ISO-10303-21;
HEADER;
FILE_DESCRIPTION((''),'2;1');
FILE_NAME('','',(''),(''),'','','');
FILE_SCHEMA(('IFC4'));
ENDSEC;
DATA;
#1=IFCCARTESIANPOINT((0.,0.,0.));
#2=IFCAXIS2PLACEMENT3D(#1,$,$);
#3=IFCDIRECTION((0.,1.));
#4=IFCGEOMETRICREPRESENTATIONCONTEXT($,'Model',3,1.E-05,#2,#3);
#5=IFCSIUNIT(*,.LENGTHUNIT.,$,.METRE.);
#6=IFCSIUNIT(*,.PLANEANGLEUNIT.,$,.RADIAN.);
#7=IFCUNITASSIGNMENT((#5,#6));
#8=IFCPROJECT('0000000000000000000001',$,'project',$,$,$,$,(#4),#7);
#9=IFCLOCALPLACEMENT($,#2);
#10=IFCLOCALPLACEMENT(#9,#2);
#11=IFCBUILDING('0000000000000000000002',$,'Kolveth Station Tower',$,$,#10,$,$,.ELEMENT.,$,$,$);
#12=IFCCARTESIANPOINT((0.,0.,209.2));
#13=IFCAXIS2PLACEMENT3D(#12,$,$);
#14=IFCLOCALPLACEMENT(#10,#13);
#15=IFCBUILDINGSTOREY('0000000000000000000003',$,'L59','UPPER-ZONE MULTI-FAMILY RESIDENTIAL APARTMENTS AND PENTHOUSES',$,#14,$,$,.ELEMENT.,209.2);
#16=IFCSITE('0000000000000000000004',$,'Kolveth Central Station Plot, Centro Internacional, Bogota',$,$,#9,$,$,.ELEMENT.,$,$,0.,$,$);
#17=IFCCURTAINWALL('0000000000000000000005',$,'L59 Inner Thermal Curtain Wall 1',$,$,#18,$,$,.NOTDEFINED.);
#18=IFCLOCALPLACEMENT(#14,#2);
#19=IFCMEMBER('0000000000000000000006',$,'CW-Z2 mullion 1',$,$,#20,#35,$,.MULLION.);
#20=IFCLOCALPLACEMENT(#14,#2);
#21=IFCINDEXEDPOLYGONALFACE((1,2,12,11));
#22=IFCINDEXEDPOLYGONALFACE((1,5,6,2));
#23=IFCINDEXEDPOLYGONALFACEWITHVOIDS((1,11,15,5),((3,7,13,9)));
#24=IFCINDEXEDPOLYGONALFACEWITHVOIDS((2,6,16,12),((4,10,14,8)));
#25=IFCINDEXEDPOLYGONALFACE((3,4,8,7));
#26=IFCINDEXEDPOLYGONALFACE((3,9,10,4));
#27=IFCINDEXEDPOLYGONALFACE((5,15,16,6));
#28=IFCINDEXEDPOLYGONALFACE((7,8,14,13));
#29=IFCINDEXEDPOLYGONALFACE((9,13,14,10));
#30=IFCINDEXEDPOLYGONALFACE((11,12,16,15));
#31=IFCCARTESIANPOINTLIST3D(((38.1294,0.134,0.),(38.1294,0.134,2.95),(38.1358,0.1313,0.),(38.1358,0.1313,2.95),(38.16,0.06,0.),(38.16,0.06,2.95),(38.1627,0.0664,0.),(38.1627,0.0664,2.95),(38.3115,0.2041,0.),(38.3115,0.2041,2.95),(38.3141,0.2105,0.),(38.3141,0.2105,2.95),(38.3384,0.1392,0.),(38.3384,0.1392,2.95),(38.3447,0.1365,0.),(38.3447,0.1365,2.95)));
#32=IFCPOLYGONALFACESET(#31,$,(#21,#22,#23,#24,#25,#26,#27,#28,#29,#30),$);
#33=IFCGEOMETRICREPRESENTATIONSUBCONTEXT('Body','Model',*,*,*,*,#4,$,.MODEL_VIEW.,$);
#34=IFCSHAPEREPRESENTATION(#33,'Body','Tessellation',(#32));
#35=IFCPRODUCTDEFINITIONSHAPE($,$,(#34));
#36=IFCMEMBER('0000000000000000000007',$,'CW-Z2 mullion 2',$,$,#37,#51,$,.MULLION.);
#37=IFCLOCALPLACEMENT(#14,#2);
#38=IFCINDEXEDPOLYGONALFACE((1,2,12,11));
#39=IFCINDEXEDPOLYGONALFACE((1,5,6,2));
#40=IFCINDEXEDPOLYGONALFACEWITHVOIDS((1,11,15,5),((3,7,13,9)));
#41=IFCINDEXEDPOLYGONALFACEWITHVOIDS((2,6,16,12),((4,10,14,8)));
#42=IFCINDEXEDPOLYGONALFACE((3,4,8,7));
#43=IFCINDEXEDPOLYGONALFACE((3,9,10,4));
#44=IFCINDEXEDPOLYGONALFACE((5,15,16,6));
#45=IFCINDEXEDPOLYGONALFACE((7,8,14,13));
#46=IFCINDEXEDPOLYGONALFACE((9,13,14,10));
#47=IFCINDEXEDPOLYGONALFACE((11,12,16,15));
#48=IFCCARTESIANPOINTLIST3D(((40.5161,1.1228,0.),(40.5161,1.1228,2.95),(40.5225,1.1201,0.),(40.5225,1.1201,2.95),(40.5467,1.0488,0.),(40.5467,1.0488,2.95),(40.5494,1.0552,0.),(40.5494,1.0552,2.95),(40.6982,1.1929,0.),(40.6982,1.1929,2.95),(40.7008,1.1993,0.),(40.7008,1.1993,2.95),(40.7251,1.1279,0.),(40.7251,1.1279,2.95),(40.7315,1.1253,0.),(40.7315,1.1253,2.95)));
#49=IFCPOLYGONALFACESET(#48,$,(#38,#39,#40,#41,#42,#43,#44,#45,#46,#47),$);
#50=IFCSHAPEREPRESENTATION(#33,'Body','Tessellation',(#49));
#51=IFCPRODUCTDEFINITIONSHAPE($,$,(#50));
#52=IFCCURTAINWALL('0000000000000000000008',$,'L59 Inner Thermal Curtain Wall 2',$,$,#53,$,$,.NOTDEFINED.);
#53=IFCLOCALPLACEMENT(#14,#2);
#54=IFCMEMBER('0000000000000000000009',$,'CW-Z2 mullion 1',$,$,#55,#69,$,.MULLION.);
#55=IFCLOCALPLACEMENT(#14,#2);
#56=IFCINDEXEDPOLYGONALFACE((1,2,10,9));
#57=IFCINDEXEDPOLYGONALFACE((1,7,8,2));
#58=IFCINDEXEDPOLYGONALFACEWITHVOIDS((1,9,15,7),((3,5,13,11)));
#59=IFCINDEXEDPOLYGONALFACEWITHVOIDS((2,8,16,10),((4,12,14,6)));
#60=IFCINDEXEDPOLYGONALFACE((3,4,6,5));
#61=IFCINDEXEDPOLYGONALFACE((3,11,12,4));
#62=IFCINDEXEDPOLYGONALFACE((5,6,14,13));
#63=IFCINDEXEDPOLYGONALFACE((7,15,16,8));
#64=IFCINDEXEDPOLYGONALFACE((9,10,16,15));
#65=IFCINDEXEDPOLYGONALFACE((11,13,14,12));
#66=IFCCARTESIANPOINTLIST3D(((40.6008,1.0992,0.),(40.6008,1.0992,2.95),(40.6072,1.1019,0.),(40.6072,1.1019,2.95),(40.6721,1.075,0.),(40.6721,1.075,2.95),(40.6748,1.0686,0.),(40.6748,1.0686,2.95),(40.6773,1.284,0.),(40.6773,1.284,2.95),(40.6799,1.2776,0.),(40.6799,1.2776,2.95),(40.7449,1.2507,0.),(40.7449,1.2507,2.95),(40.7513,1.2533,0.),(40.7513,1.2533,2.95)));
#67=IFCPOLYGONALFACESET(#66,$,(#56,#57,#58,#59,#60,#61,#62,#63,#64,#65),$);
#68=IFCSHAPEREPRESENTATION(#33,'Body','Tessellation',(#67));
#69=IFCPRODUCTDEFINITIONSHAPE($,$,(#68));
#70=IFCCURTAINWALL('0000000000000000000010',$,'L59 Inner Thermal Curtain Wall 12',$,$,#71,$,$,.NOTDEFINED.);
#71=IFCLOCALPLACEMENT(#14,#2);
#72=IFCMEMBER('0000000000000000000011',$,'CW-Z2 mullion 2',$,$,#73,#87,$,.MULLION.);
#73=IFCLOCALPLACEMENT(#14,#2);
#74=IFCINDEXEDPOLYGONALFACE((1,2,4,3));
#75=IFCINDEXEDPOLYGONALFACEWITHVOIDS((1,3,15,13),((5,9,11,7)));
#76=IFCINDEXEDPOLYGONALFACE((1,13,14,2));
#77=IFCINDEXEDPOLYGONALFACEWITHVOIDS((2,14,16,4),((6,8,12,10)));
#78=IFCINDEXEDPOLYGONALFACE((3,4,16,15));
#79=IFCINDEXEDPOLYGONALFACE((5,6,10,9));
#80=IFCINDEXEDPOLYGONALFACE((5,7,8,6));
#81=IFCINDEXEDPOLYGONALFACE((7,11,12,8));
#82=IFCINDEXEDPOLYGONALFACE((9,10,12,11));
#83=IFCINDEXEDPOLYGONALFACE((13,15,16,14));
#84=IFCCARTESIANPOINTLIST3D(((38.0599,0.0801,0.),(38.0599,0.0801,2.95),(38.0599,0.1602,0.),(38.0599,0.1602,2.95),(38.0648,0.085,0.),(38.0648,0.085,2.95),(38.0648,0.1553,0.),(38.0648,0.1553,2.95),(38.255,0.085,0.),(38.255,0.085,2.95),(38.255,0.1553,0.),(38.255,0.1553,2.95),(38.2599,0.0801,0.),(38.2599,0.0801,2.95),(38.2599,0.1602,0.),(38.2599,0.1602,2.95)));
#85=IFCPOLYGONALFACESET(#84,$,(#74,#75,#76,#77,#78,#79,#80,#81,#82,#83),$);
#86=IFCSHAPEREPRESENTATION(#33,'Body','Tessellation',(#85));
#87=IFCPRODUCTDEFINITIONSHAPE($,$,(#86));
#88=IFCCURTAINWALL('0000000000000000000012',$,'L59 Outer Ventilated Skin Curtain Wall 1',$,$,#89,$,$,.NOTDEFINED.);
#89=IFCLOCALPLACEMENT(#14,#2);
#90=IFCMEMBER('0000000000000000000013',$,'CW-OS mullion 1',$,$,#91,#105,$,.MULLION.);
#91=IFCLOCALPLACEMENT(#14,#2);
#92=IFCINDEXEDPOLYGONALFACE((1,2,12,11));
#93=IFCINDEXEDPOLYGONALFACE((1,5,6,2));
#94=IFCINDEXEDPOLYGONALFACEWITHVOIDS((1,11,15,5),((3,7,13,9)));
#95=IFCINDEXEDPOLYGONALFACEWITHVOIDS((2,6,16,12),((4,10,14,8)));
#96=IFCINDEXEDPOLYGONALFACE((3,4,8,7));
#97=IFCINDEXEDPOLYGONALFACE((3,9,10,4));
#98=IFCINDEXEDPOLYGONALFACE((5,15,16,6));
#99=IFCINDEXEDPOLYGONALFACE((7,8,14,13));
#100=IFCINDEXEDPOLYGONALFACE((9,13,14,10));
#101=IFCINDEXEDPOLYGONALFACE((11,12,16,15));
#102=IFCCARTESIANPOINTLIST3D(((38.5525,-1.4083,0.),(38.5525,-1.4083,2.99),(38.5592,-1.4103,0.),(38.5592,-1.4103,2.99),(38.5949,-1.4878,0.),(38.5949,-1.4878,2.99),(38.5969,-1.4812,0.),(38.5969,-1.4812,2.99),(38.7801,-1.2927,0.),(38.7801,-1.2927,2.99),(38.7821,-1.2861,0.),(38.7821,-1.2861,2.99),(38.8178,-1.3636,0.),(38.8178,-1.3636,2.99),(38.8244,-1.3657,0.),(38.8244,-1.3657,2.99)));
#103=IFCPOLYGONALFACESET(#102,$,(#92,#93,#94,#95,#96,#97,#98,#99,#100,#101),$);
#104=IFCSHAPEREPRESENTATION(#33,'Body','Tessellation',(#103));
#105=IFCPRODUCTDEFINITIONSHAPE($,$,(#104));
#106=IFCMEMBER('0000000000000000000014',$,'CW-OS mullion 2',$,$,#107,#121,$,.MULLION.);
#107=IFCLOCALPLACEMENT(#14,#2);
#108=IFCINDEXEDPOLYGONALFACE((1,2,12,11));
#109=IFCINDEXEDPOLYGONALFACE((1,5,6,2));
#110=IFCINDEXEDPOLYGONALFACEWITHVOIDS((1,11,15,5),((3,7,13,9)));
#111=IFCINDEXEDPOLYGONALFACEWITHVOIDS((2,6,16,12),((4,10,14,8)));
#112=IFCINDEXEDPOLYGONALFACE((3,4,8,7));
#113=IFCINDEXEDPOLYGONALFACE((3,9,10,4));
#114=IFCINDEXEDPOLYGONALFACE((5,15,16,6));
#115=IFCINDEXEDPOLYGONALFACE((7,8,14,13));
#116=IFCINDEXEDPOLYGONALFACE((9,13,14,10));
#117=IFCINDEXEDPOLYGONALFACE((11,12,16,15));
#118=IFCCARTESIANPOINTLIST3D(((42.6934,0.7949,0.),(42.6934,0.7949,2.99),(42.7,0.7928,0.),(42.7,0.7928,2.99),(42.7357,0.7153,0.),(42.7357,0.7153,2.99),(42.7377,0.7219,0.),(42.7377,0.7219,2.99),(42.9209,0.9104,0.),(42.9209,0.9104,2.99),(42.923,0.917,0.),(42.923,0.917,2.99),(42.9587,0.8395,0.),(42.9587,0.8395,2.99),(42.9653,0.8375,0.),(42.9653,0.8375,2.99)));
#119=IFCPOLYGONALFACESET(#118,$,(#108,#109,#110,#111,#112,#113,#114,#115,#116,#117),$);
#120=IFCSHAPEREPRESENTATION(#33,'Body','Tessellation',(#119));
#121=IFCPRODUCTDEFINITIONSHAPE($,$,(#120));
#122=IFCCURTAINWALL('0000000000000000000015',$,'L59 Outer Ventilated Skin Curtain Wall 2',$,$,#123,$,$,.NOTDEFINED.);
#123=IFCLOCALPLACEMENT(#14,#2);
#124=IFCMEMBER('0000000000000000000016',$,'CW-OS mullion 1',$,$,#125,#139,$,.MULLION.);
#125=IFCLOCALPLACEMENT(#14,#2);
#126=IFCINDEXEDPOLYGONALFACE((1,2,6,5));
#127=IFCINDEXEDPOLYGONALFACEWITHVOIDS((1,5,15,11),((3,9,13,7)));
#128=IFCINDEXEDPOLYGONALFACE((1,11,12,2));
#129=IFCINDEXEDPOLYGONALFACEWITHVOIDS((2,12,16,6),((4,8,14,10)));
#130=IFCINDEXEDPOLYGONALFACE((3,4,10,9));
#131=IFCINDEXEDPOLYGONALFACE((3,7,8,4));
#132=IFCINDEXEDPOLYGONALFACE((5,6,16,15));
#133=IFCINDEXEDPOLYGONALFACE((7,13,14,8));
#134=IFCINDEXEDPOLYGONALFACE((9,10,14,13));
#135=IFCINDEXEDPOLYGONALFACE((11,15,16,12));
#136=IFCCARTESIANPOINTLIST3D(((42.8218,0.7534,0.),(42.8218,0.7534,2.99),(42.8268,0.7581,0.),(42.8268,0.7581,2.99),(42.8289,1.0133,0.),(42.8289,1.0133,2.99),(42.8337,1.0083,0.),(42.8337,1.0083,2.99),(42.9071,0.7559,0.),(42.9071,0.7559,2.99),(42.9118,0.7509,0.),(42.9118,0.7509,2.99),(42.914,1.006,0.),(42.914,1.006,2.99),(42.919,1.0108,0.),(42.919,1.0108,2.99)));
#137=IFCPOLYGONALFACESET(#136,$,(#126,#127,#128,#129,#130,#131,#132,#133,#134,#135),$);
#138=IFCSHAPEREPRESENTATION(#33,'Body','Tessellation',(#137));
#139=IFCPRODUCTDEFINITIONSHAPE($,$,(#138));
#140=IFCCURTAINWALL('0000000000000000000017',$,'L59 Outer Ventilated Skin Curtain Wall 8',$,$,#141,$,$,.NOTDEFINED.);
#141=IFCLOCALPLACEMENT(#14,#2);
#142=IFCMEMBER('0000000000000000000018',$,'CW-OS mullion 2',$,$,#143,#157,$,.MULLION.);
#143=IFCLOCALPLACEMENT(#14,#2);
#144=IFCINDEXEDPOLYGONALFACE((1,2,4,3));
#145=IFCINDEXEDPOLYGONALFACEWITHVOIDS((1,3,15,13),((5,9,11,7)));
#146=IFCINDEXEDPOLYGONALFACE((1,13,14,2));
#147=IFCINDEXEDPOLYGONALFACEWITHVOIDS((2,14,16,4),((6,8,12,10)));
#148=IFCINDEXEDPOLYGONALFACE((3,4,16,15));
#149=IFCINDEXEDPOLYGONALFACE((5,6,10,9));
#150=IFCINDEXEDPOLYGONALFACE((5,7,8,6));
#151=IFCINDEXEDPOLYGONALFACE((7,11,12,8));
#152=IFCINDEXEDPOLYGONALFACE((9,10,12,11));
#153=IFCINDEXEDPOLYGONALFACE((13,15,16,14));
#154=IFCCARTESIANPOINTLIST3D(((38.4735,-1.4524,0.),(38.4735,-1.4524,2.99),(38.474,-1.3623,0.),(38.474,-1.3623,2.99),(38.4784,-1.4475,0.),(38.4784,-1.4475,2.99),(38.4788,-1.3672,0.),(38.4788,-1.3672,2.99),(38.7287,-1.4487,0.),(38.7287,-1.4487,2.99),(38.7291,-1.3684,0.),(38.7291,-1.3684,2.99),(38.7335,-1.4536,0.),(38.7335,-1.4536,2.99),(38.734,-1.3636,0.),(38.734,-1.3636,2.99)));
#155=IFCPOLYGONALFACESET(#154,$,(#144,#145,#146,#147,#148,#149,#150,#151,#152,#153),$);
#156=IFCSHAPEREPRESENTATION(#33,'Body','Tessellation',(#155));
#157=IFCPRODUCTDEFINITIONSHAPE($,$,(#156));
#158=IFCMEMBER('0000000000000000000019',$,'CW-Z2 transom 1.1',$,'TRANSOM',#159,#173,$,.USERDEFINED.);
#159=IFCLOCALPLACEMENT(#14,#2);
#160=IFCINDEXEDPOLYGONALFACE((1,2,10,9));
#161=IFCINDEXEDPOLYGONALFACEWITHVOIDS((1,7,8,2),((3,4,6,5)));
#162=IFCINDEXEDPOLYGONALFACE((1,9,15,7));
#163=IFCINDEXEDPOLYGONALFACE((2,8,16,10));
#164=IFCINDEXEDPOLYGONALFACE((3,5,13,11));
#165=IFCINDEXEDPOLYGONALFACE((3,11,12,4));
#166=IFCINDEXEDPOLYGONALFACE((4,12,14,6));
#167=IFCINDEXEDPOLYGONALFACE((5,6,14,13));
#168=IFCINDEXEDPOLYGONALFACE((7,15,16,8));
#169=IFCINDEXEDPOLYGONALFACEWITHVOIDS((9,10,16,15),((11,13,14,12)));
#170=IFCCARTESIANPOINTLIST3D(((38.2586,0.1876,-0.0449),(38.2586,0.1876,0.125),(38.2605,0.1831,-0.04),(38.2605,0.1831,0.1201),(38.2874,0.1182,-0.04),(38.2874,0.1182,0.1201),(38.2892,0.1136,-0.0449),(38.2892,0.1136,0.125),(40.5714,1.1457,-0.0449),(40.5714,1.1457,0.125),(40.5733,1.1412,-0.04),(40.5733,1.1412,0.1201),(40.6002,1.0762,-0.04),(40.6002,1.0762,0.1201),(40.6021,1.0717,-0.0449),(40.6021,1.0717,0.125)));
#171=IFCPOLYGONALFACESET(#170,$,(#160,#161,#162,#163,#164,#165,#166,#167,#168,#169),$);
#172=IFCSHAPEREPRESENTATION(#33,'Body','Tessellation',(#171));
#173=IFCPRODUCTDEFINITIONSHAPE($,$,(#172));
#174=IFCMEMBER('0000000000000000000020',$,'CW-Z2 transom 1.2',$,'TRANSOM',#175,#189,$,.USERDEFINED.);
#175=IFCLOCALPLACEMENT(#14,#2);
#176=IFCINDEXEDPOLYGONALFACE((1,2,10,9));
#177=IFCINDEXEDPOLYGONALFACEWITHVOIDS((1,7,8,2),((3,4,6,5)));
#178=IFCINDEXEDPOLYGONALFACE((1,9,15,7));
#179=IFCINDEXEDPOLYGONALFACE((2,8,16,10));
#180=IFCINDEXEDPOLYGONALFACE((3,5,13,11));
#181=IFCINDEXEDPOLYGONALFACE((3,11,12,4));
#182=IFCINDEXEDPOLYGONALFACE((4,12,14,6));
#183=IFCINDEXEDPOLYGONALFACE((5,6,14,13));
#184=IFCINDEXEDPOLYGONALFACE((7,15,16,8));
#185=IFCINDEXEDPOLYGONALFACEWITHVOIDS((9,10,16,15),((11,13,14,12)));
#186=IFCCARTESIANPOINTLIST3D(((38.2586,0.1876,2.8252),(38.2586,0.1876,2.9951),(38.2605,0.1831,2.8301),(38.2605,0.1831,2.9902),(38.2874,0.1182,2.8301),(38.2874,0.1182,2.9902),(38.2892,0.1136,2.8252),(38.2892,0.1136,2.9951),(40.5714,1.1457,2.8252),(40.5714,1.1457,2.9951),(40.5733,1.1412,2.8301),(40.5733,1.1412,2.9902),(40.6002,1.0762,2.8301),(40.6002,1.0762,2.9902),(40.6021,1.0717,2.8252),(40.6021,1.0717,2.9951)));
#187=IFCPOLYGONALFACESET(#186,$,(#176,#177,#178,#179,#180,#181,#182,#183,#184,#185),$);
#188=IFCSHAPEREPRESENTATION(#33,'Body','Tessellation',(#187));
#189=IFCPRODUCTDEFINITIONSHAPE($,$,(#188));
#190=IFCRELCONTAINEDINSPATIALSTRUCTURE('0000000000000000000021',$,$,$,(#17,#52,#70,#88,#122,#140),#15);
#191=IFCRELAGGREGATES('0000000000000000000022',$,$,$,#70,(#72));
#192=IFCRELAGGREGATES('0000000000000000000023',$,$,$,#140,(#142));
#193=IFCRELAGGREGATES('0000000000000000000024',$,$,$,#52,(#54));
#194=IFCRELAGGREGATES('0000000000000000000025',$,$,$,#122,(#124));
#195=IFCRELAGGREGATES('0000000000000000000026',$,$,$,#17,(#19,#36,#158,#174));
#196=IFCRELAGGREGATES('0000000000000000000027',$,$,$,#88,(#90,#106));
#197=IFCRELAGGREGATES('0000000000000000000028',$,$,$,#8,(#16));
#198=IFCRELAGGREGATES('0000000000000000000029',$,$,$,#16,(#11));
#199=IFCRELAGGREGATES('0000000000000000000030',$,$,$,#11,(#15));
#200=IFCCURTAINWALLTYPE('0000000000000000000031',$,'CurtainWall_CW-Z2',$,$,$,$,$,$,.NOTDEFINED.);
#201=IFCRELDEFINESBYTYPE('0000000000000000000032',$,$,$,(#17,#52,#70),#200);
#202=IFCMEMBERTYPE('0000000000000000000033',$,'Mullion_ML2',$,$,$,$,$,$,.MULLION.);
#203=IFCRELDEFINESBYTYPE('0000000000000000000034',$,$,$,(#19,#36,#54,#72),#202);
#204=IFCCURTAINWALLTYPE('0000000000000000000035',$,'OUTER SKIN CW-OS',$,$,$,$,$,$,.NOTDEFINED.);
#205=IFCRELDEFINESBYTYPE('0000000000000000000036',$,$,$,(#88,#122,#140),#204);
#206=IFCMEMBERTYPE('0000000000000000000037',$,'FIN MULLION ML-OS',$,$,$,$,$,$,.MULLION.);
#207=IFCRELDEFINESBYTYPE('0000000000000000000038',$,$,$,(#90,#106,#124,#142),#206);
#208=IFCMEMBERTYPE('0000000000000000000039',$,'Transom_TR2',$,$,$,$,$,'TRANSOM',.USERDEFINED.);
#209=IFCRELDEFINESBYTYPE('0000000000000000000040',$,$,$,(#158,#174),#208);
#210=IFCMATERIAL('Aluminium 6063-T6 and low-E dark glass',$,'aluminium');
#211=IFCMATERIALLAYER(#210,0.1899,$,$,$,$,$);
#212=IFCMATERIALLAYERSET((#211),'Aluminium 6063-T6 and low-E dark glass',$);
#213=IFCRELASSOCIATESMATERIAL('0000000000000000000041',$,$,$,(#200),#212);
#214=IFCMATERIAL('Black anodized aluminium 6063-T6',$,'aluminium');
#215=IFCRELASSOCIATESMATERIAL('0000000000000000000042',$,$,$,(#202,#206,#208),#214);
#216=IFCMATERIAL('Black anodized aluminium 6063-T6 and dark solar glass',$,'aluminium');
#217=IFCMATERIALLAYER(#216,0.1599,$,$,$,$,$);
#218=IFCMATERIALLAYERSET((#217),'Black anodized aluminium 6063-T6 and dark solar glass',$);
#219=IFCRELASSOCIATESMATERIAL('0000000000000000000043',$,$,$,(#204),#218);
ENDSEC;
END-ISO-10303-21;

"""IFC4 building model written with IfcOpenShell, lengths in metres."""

from ifc_helpers import new_model, si_unit, direction, frame, origin, origin_2d, place, context, subcontext, project, spatial, hollow_rectangle, extrude, source, transform, mapped, material, layer, layer_set, material_profile, profile_set, type_object, element, aggregate, save


model = new_model("IFC4")

# Units and contexts
model_context = context("Model", 3, precision=1e-05, world=origin(), true_north=direction((0.0, 1.0)))
body_context = subcontext(model_context, "Body", "Model", "MODEL_VIEW")
ifc_project = project(units=[si_unit("LENGTHUNIT", "METRE"), si_unit("PLANEANGLEUNIT", "RADIAN")], contexts=[model_context])

# Site, building, storey
site_placement = place(None, origin())
site = spatial("IfcSite", under=ifc_project, at=site_placement, Name="Kolveth Central Station Plot, Centro Internacional, Bogota", CompositionType="ELEMENT", RefElevation=0.0)
building_placement = place(site_placement, origin())
building = spatial("IfcBuilding", under=site, at=building_placement, Name="Kolveth Station Tower", CompositionType="ELEMENT")
storey_placement = place(building_placement, frame((0.0, 0.0, 209.2)))
storey = spatial("IfcBuildingStorey", under=building, at=storey_placement, Name="L59", Description="UPPER-ZONE MULTI-FAMILY RESIDENTIAL APARTMENTS AND PENTHOUSES", CompositionType="ELEMENT", Elevation=209.2)

# Curtain wall, members
ifc_material_1 = material(Name="Aluminium 6063-T6 and low-E dark glass", Category="aluminium")
ifc_layer_1 = layer(ifc_material_1, 0.1899)
ifc_layer_set_1 = layer_set([ifc_layer_1], Name="Aluminium 6063-T6 and low-E dark glass")
curtain_wall_type_1 = type_object("IfcCurtainWallType", Name="CurtainWall_CW-Z2", PredefinedType="NOTDEFINED", material=ifc_layer_set_1)
curtain_wall_1_placement = place(storey_placement, origin())
curtain_wall_1 = element("IfcCurtainWall", 1, at=curtain_wall_1_placement, inside=storey, type_object=curtain_wall_type_1, Name="L59 Inner Thermal Curtain Wall 1", PredefinedType="NOTDEFINED")
ifc_material_2 = material(Name="Black anodized aluminium 6063-T6", Category="aluminium")
ifc_material_profile_1 = material_profile(ifc_material_2, hollow_rectangle(XDim=0.0801, YDim=0.2, WallThickness=0.0049, at=origin_2d()), Name="ALU-80x200x5")
ifc_profile_set_1 = profile_set([ifc_material_profile_1], Name="Black anodized aluminium 6063-T6")
member_type_1 = type_object("IfcMemberType", Name="Mullion_ML2", PredefinedType="MULLION", material=ifc_profile_set_1)
shared_shape_1 = source(origin(), body_context, "Body", "SweptSolid", [
    extrude(hollow_rectangle(XDim=0.0801, YDim=0.2, WallThickness=0.0049, at=origin_2d()), origin(), (0.0, 0.0, 1.0), 2.95),
])
member_1_placement = place(storey_placement, frame((38.2371, 0.1353, 0.0), z_axis=(0.0, 0.0, 1.0), x_axis=(-0.382698, 0.923874, 0.0)))
member_1 = element("IfcMember", 2, at=member_1_placement, type_object=member_type_1, Name="CW-Z2 mullion 1", PredefinedType="MULLION", context=body_context, shape_type="MappedRepresentation", body=[
    mapped(shared_shape_1, transform((0.0, 0.0, 0.0), x_axis=(1.0, 0.0, 0.0), y_axis=(0.0, 1.0, 0.0), z_axis=(0.0, 0.0, 1.0), scale=1.0)),
])
member_2_placement = place(storey_placement, frame((40.6238, 1.124, 0.0), z_axis=(0.0, 0.0, 1.0), x_axis=(-0.382698, 0.923874, 0.0)))
member_2 = element("IfcMember", 3, at=member_2_placement, type_object=member_type_1, Name="CW-Z2 mullion 2", PredefinedType="MULLION", context=body_context, shape_type="MappedRepresentation", body=[
    mapped(shared_shape_1, transform((0.0, 0.0, 0.0), x_axis=(1.0, 0.0, 0.0), y_axis=(0.0, 1.0, 0.0), z_axis=(0.0, 0.0, 1.0), scale=1.0)),
])

# Curtain walls, members
curtain_wall_2_placement = place(storey_placement, origin())
curtain_wall_2 = element("IfcCurtainWall", 4, at=curtain_wall_2_placement, inside=storey, type_object=curtain_wall_type_1, Name="L59 Inner Thermal Curtain Wall 2", PredefinedType="NOTDEFINED")
member_3_placement = place(storey_placement, frame((40.676, 1.1763, 0.0), z_axis=(0.0, 0.0, 1.0), x_axis=(-0.923874, 0.382698, 0.0)))
member_3 = element("IfcMember", 5, at=member_3_placement, type_object=member_type_1, Name="CW-Z2 mullion 1", PredefinedType="MULLION", context=body_context, shape_type="MappedRepresentation", body=[
    mapped(shared_shape_1, transform((0.0, 0.0, 0.0), x_axis=(1.0, 0.0, 0.0), y_axis=(0.0, 1.0, 0.0), z_axis=(0.0, 0.0, 1.0), scale=1.0)),
])
curtain_wall_3_placement = place(storey_placement, origin())
curtain_wall_3 = element("IfcCurtainWall", 6, at=curtain_wall_3_placement, inside=storey, type_object=curtain_wall_type_1, Name="L59 Inner Thermal Curtain Wall 12", PredefinedType="NOTDEFINED")
member_4_placement = place(storey_placement, frame((38.1599, 0.1201, 0.0), z_axis=(0.0, 0.0, 1.0), x_axis=(0.0, 1.0, 0.0)))
member_4 = element("IfcMember", 7, at=member_4_placement, type_object=member_type_1, Name="CW-Z2 mullion 2", PredefinedType="MULLION", context=body_context, shape_type="MappedRepresentation", body=[
    mapped(shared_shape_1, transform((0.0, 0.0, 0.0), x_axis=(1.0, 0.0, 0.0), y_axis=(0.0, 1.0, 0.0), z_axis=(0.0, 0.0, 1.0), scale=1.0)),
])
aggregate(curtain_wall_3, [member_4])

# Curtain wall, members
ifc_material_3 = material(Name="Black anodized aluminium 6063-T6 and dark solar glass", Category="aluminium")
ifc_layer_2 = layer(ifc_material_3, 0.1599)
ifc_layer_set_2 = layer_set([ifc_layer_2], Name="Black anodized aluminium 6063-T6 and dark solar glass")
curtain_wall_type_2 = type_object("IfcCurtainWallType", Name="OUTER SKIN CW-OS", PredefinedType="NOTDEFINED", material=ifc_layer_set_2)
curtain_wall_4_placement = place(storey_placement, origin())
curtain_wall_4 = element("IfcCurtainWall", 8, at=curtain_wall_4_placement, inside=storey, type_object=curtain_wall_type_2, Name="L59 Outer Ventilated Skin Curtain Wall 1", PredefinedType="NOTDEFINED")
ifc_material_profile_2 = material_profile(ifc_material_2, hollow_rectangle(XDim=0.0901, YDim=0.26, WallThickness=0.0049, at=origin_2d()), Name="ALU-90x260x5")
ifc_profile_set_2 = profile_set([ifc_material_profile_2], Name="Black anodized aluminium 6063-T6")
member_type_2 = type_object("IfcMemberType", Name="FIN MULLION ML-OS", PredefinedType="MULLION", material=ifc_profile_set_2)
shared_shape_2 = source(origin(), body_context, "Body", "SweptSolid", [
    extrude(hollow_rectangle(XDim=0.0901, YDim=0.26, WallThickness=0.0049, at=origin_2d()), origin(), (0.0, 0.0, 1.0), 2.99),
])
member_5_placement = place(storey_placement, frame((38.6885, -1.387, 0.0), z_axis=(0.0, 0.0, 1.0), x_axis=(-0.469704, 0.882824, 0.0)))
member_5 = element("IfcMember", 9, at=member_5_placement, type_object=member_type_2, Name="CW-OS mullion 1", PredefinedType="MULLION", context=body_context, shape_type="MappedRepresentation", body=[
    mapped(shared_shape_2, transform((0.0, 0.0, 0.0), x_axis=(1.0, 0.0, 0.0), y_axis=(0.0, 1.0, 0.0), z_axis=(0.0, 0.0, 1.0), scale=1.0)),
])
member_6_placement = place(storey_placement, frame((42.8293, 0.8162, 0.0), z_axis=(0.0, 0.0, 1.0), x_axis=(-0.469704, 0.882824, 0.0)))
member_6 = element("IfcMember", 10, at=member_6_placement, type_object=member_type_2, Name="CW-OS mullion 2", PredefinedType="MULLION", context=body_context, shape_type="MappedRepresentation", body=[
    mapped(shared_shape_2, transform((0.0, 0.0, 0.0), x_axis=(1.0, 0.0, 0.0), y_axis=(0.0, 1.0, 0.0), z_axis=(0.0, 0.0, 1.0), scale=1.0)),
])

# Curtain walls, members
curtain_wall_5_placement = place(storey_placement, origin())
curtain_wall_5 = element("IfcCurtainWall", 11, at=curtain_wall_5_placement, inside=storey, type_object=curtain_wall_type_2, Name="L59 Outer Ventilated Skin Curtain Wall 2", PredefinedType="NOTDEFINED")
member_7_placement = place(storey_placement, frame((42.8704, 0.8821, 0.0), z_axis=(0.0, 0.0, 1.0), x_axis=(-0.99962, 0.027554, 0.0)))
member_7 = element("IfcMember", 12, at=member_7_placement, type_object=member_type_2, Name="CW-OS mullion 1", PredefinedType="MULLION", context=body_context, shape_type="MappedRepresentation", body=[
    mapped(shared_shape_2, transform((0.0, 0.0, 0.0), x_axis=(1.0, 0.0, 0.0), y_axis=(0.0, 1.0, 0.0), z_axis=(0.0, 0.0, 1.0), scale=1.0)),
])
curtain_wall_6_placement = place(storey_placement, origin())
curtain_wall_6 = element("IfcCurtainWall", 13, at=curtain_wall_6_placement, inside=storey, type_object=curtain_wall_type_2, Name="L59 Outer Ventilated Skin Curtain Wall 8", PredefinedType="NOTDEFINED")
member_8_placement = place(storey_placement, frame((38.6038, -1.408, 0.0), z_axis=(0.0, 0.0, 1.0), x_axis=(0.004894, 0.999988, 0.0)))
member_8 = element("IfcMember", 14, at=member_8_placement, type_object=member_type_2, Name="CW-OS mullion 2", PredefinedType="MULLION", context=body_context, shape_type="MappedRepresentation", body=[
    mapped(shared_shape_2, transform((0.0, 0.0, 0.0), x_axis=(1.0, 0.0, 0.0), y_axis=(0.0, 1.0, 0.0), z_axis=(0.0, 0.0, 1.0), scale=1.0)),
])
aggregate(curtain_wall_6, [member_8])

# Members
ifc_material_profile_3 = material_profile(ifc_material_2, hollow_rectangle(XDim=0.0801, YDim=0.1699, WallThickness=0.0049, at=origin_2d()), Name="ALU-80x170x5")
ifc_profile_set_3 = profile_set([ifc_material_profile_3], Name="Black anodized aluminium 6063-T6")
member_type_3 = type_object("IfcMemberType", Name="Transom_TR2", ElementType="TRANSOM", PredefinedType="USERDEFINED", material=ifc_profile_set_3)
shared_shape_3 = source(origin(), body_context, "Body", "SweptSolid", [
    extrude(hollow_rectangle(XDim=0.0801, YDim=0.1699, WallThickness=0.0049, at=origin_2d()), origin(), (0.0, 0.0, 1.0), 2.5034),
])
member_9_placement = place(storey_placement, frame((38.2739, 0.1506, 0.04), z_axis=(0.923874, 0.382696, 0.0), x_axis=(-0.382696, 0.923874, 0.0)))
member_9 = element("IfcMember", 15, at=member_9_placement, type_object=member_type_3, Name="CW-Z2 transom 1.1", ObjectType="TRANSOM", PredefinedType="USERDEFINED", context=body_context, shape_type="MappedRepresentation", body=[
    mapped(shared_shape_3, transform((0.0, 0.0, 0.0), x_axis=(1.0, 0.0, 0.0), y_axis=(0.0, 1.0, 0.0), z_axis=(0.0, 0.0, 1.0), scale=1.0)),
])
member_10_placement = place(storey_placement, frame((38.2739, 0.1506, 2.9102), z_axis=(0.923874, 0.382696, 0.0), x_axis=(-0.382696, 0.923874, 0.0)))
member_10 = element("IfcMember", 16, at=member_10_placement, type_object=member_type_3, Name="CW-Z2 transom 1.2", ObjectType="TRANSOM", PredefinedType="USERDEFINED", context=body_context, shape_type="MappedRepresentation", body=[
    mapped(shared_shape_3, transform((0.0, 0.0, 0.0), x_axis=(1.0, 0.0, 0.0), y_axis=(0.0, 1.0, 0.0), z_axis=(0.0, 0.0, 1.0), scale=1.0)),
])
aggregate(curtain_wall_2, [member_3])
aggregate(curtain_wall_5, [member_7])

aggregate(curtain_wall_1, [member_1, member_2, member_9, member_10])
aggregate(curtain_wall_4, [member_5, member_6])

save(model, "model.ifc")
